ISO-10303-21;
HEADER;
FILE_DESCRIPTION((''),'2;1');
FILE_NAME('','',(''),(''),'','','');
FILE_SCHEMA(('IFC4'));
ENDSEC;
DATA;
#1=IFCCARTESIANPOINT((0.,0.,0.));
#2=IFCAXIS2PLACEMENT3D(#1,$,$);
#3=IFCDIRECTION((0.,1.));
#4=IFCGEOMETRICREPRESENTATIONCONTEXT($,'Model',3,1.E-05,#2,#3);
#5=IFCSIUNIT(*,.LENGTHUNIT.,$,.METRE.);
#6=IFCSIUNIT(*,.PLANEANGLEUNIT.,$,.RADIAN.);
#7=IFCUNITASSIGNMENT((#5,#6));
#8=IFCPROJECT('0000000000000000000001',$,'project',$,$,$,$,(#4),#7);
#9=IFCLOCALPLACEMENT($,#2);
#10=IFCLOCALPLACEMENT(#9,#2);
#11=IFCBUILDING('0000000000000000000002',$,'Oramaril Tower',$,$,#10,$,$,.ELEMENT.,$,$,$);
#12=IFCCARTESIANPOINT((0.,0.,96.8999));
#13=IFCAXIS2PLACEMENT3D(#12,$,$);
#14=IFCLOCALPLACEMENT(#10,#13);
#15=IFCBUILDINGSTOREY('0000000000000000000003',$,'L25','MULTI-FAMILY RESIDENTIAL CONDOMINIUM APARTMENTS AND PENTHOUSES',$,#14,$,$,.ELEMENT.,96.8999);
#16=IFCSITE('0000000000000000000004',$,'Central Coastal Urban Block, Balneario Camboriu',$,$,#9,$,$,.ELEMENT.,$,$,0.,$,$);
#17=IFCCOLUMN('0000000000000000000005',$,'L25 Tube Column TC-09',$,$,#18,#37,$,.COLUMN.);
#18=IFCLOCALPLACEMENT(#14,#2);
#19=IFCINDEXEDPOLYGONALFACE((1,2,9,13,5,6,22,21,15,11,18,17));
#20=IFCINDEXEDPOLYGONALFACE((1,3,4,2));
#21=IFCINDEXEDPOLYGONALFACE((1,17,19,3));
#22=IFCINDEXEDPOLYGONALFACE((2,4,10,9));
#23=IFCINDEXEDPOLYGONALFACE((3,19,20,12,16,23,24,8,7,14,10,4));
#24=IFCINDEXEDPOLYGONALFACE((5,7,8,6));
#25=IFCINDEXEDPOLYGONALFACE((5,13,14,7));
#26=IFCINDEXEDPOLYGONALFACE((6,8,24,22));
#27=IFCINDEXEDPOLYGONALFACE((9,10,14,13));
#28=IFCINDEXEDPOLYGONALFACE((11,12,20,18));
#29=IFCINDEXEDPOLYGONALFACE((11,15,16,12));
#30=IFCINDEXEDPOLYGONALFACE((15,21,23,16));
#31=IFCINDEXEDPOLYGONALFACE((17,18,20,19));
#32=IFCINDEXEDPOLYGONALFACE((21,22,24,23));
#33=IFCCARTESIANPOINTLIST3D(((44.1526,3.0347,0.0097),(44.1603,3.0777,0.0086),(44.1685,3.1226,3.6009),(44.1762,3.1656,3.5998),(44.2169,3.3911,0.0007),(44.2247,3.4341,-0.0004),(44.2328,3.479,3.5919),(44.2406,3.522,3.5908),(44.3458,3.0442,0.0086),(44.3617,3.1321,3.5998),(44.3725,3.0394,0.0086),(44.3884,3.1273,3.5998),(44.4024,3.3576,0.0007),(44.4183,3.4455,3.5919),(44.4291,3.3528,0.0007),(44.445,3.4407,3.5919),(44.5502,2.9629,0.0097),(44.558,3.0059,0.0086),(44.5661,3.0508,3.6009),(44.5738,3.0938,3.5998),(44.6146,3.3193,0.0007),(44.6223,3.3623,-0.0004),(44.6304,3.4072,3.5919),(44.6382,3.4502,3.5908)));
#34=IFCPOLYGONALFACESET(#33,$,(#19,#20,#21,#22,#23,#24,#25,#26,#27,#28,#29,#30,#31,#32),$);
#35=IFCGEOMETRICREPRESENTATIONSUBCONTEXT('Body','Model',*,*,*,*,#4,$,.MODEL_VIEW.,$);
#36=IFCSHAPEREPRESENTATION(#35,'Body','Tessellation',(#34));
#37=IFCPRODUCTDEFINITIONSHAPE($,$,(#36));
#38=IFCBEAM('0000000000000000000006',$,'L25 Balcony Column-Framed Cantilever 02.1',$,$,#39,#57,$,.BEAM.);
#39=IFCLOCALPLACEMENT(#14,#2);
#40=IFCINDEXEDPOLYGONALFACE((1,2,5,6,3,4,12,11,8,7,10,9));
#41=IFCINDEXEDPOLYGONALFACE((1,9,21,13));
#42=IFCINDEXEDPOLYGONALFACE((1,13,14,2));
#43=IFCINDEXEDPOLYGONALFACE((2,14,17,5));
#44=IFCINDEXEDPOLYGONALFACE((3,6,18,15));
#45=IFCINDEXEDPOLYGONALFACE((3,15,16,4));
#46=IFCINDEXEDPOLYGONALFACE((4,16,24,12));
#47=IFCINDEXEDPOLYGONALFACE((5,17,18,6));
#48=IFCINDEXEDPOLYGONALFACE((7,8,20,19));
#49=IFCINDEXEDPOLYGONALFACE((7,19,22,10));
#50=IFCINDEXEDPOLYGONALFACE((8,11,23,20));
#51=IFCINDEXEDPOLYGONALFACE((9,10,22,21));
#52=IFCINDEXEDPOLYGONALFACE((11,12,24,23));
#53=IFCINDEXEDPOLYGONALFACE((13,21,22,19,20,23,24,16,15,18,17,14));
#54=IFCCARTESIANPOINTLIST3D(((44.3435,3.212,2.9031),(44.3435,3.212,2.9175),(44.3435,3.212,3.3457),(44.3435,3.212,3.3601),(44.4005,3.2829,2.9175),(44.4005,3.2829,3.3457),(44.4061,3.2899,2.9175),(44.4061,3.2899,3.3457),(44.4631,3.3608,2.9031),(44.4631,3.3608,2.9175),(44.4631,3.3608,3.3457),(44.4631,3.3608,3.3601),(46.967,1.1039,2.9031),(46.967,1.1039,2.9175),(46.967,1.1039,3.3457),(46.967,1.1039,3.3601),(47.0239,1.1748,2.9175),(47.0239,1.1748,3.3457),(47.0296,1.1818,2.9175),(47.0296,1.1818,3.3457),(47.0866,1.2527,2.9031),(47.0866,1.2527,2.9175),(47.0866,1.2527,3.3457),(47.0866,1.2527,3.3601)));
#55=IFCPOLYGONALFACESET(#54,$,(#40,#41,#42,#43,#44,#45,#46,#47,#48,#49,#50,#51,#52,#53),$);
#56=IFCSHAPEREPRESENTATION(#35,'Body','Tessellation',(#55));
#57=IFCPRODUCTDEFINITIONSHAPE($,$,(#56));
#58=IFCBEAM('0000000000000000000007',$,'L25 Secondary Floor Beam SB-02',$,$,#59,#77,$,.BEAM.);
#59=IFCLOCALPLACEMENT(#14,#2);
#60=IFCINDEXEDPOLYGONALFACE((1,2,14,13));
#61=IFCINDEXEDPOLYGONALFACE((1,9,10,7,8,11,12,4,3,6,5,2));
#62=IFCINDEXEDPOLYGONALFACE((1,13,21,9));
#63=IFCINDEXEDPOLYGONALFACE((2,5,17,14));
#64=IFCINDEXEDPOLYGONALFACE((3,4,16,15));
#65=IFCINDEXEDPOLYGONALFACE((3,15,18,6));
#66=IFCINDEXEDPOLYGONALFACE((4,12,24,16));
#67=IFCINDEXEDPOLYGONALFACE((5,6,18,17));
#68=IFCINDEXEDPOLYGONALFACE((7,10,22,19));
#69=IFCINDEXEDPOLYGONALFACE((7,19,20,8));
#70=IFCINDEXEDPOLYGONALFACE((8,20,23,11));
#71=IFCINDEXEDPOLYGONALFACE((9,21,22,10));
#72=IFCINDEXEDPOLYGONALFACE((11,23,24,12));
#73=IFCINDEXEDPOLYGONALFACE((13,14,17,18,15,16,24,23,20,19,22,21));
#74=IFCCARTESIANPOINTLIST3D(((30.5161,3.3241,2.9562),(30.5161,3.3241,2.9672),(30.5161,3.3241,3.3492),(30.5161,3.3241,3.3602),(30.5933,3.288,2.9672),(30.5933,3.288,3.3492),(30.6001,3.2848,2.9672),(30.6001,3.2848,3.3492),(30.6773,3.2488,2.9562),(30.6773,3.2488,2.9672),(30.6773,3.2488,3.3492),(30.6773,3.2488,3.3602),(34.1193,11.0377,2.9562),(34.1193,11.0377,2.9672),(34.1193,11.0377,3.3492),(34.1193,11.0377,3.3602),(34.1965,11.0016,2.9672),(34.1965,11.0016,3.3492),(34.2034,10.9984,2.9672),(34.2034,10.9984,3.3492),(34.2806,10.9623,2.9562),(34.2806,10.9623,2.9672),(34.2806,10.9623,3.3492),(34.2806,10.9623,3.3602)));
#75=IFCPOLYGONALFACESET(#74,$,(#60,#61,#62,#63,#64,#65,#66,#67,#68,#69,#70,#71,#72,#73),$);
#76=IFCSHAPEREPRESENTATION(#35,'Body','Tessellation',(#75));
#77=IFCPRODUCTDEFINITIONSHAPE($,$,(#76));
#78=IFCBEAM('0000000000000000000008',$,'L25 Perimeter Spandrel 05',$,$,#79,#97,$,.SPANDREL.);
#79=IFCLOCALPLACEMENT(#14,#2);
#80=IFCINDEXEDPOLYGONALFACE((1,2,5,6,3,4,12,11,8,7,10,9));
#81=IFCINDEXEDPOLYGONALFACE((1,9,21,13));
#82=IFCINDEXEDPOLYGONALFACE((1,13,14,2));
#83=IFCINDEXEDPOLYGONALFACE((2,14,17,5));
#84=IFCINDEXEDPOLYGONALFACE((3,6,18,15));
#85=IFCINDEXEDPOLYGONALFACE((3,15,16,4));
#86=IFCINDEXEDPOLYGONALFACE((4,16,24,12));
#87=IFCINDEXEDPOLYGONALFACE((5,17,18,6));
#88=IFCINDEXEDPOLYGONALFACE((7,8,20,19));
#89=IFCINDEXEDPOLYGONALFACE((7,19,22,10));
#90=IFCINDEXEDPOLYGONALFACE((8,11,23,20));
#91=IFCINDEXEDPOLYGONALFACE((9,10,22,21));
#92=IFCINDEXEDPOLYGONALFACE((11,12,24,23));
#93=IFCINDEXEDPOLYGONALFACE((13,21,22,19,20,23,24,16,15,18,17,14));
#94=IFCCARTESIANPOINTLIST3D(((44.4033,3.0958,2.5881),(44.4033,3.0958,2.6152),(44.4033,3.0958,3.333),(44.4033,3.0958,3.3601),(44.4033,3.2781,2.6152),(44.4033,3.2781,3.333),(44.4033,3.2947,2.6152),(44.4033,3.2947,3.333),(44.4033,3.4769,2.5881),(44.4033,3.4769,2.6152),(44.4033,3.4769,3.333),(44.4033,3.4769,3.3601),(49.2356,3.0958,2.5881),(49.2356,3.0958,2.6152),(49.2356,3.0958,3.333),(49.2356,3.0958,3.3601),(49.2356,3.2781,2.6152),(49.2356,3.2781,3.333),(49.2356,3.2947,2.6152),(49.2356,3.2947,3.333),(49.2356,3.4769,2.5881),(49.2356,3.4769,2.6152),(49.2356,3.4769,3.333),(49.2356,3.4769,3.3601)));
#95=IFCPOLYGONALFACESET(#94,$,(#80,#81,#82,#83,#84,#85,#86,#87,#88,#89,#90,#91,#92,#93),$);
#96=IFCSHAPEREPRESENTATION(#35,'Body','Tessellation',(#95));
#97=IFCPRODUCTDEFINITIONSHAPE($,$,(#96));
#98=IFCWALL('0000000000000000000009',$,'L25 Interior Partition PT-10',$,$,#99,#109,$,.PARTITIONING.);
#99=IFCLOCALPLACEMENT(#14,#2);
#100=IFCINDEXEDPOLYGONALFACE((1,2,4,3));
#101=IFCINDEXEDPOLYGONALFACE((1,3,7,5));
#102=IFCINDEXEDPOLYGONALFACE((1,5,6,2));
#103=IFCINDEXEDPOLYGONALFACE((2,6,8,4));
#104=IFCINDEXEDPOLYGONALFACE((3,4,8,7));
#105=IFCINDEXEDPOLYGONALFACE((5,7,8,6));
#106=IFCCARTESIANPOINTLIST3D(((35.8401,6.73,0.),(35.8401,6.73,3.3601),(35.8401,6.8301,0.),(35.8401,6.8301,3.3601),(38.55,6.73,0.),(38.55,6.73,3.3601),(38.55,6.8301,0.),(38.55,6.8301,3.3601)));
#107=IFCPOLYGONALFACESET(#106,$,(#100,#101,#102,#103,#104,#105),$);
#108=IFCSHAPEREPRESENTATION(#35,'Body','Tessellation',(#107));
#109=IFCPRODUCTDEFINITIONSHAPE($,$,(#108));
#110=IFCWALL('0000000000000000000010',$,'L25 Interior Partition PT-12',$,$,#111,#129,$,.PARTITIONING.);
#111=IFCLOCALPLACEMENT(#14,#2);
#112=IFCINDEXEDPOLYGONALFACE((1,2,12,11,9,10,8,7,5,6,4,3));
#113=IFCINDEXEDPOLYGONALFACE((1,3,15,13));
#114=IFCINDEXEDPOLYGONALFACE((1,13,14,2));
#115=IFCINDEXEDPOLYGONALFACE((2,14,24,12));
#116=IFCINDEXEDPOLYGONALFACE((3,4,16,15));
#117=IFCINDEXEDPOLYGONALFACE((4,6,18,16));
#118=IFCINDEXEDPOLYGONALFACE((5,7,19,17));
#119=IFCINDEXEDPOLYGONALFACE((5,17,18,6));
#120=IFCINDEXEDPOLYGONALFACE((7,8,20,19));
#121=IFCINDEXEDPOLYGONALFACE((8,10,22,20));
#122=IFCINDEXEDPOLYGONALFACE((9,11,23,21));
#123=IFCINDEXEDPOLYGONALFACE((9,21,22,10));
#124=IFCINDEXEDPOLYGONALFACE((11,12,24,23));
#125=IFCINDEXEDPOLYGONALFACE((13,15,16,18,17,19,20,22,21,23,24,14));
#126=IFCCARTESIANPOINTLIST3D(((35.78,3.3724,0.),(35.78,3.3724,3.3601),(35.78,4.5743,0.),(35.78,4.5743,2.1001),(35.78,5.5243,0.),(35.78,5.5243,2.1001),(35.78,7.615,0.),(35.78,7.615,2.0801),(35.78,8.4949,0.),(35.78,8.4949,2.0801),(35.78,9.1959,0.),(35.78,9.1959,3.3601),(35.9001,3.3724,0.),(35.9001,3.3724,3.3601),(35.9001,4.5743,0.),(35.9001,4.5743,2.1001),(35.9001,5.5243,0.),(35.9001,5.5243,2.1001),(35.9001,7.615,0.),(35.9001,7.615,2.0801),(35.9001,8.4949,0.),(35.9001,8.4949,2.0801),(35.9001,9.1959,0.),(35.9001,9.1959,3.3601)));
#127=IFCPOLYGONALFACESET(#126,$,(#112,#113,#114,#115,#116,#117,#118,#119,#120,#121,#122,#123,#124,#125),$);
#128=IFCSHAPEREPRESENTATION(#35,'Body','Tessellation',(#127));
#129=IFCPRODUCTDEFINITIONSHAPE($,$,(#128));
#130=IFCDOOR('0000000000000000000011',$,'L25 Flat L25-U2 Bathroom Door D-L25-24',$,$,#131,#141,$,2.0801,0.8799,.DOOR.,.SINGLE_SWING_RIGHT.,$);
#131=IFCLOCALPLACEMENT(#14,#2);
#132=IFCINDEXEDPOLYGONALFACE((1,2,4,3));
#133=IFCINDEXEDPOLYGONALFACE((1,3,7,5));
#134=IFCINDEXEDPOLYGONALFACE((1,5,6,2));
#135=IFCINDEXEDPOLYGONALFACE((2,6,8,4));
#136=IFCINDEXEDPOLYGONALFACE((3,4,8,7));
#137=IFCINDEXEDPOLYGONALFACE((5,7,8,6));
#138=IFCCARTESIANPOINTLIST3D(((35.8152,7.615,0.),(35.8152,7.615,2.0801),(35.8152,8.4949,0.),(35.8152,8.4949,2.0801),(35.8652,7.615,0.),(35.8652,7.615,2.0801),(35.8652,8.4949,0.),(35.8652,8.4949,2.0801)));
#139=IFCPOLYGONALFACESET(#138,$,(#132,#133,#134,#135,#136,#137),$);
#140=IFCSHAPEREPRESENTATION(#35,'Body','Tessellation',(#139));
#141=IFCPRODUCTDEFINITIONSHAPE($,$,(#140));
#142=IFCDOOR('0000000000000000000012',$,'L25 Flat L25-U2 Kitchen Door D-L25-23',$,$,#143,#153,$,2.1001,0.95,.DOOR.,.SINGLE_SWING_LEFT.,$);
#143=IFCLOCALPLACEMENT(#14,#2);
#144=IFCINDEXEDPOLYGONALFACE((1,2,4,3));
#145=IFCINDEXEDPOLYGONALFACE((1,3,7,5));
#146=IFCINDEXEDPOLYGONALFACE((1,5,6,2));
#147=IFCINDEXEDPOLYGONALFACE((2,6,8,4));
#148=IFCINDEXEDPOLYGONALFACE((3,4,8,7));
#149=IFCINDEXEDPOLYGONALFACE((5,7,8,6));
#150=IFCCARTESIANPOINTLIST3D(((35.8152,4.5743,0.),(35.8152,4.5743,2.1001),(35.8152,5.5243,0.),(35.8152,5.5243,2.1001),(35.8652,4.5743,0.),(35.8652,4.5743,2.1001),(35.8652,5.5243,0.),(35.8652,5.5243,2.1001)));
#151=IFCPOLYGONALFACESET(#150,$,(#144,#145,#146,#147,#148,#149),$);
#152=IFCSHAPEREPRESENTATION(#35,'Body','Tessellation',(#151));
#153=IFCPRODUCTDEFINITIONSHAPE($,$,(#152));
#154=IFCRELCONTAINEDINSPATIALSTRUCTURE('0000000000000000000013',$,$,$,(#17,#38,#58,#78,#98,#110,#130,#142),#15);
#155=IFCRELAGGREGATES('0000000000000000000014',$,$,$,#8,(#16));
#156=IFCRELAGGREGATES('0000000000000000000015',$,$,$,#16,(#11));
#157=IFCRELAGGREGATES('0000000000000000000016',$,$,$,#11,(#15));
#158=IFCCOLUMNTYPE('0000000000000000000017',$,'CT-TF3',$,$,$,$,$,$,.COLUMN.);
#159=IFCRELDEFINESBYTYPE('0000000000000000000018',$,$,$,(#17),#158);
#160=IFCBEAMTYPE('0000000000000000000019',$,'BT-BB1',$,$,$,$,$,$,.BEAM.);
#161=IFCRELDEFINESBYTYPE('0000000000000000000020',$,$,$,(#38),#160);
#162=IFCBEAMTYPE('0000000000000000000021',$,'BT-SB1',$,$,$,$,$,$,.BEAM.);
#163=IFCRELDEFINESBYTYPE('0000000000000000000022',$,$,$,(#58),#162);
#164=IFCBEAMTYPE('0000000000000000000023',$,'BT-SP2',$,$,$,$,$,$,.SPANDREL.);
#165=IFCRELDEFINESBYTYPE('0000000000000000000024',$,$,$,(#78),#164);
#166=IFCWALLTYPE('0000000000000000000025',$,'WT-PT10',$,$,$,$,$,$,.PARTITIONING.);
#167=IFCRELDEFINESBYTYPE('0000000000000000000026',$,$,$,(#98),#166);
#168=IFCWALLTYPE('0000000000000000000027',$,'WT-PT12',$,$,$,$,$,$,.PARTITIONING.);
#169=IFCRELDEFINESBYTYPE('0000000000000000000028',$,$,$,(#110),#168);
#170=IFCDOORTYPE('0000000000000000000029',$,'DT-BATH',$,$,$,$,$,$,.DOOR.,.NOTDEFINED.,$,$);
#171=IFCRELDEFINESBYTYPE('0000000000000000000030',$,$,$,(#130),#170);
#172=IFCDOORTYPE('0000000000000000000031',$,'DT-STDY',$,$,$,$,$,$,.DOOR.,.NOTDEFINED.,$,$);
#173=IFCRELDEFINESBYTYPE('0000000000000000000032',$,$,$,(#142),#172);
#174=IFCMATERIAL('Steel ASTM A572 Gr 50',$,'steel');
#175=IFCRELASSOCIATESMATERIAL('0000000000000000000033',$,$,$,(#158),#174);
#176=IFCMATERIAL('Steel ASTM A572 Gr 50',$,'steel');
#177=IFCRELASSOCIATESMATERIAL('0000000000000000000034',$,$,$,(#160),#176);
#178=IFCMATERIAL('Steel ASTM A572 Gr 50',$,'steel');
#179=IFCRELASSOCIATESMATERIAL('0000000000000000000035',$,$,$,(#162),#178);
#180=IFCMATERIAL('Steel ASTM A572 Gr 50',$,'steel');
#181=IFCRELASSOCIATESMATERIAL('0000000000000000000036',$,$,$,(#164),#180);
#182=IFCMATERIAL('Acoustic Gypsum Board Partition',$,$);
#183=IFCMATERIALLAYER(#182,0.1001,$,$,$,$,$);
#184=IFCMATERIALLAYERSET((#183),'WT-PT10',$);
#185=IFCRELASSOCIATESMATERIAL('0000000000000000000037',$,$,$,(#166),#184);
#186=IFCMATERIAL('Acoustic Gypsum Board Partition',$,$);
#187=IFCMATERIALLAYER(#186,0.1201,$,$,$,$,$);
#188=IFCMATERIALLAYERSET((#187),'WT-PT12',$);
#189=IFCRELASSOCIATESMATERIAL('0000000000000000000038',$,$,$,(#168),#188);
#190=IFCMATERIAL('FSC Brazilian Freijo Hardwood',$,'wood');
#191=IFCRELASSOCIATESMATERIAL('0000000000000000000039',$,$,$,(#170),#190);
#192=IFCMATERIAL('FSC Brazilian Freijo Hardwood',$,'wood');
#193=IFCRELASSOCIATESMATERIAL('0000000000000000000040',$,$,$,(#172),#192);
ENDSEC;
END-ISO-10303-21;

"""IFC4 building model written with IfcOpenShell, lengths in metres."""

from ifc_helpers import new_model, si_unit, direction, frame, frame_2d, origin, origin_2d, place, context, subcontext, project, spatial, rectangle, i_section, extrude, material, layer, layer_set, material_profile, profile_set, type_object, element, fill, save


model = new_model("IFC4")

# Units and contexts
model_context = context("Model", 3, precision=1e-05, world=origin(), true_north=direction((0.0, 1.0)))
body_context = subcontext(model_context, "Body", "Model", "MODEL_VIEW")
ifc_project = project(units=[si_unit("LENGTHUNIT", "METRE"), si_unit("PLANEANGLEUNIT", "RADIAN")], contexts=[model_context])

# Site, building, storey
site_placement = place(None, origin())
site = spatial("IfcSite", under=ifc_project, at=site_placement, Name="Central Coastal Urban Block, Balneario Camboriu", CompositionType="ELEMENT", RefElevation=0.0)
building_placement = place(site_placement, origin())
building = spatial("IfcBuilding", under=site, at=building_placement, Name="Oramaril Tower", CompositionType="ELEMENT")
storey_placement = place(building_placement, frame((0.0, 0.0, 96.8999)))
storey = spatial("IfcBuildingStorey", under=building, at=storey_placement, Name="L25", Description="MULTI-FAMILY RESIDENTIAL CONDOMINIUM APARTMENTS AND PENTHOUSES", CompositionType="ELEMENT", Elevation=96.8999)

# Column
ifc_material_1 = material(Name="Steel ASTM A572 Gr 50", Category="steel")
ifc_material_profile_1 = material_profile(ifc_material_1, i_section(OverallWidth=0.4041, OverallDepth=0.406, WebThickness=0.0271, FlangeThickness=0.0437, at=origin_2d()), Name="W14X233")
ifc_profile_set_1 = profile_set([ifc_material_profile_1], Name="Steel ASTM A572 Gr 50")
column_type = type_object("IfcColumnType", Name="CT-TF3", PredefinedType="COLUMN", material=ifc_profile_set_1)
column_placement = place(storey_placement, frame((44.3875, 3.1985, 0.0046), z_axis=(0.004418, 0.024467, 0.999691), x_axis=(-0.984088, 0.177683, 0.0)))
element("IfcColumn", 1, at=column_placement, inside=storey, type_object=column_type, Name="L25 Tube Column TC-09", PredefinedType="COLUMN", context=body_context, shape_type="SweptSolid", body=[
    extrude(i_section(OverallWidth=0.4041, OverallDepth=0.406, WebThickness=0.0271, FlangeThickness=0.0437, at=origin_2d()), origin(), (0.0, 0.0, 1.0), 3.5923),
])

# Beams
ifc_material_2 = material(Name="Steel ASTM A572 Gr 50", Category="steel")
ifc_material_profile_2 = material_profile(ifc_material_2, i_section(OverallWidth=0.1909, OverallDepth=0.457, WebThickness=0.009, FlangeThickness=0.0144, at=origin_2d()), Name="W18X50")
ifc_profile_set_2 = profile_set([ifc_material_profile_2], Name="Steel ASTM A572 Gr 50")
beam_type_1 = type_object("IfcBeamType", Name="BT-BB1", PredefinedType="BEAM", material=ifc_profile_set_2)
beam_1_placement = place(storey_placement, frame((44.4033, 3.2864, 3.1316), z_axis=(0.779515, -0.626383, 0.0), x_axis=(0.626383, 0.779515, 0.0)))
element("IfcBeam", 2, at=beam_1_placement, inside=storey, type_object=beam_type_1, Name="L25 Balcony Column-Framed Cantilever 02.1", PredefinedType="BEAM", context=body_context, shape_type="SweptSolid", body=[
    extrude(i_section(OverallWidth=0.1909, OverallDepth=0.457, WebThickness=0.009, FlangeThickness=0.0144, at=origin_2d()), origin(), (0.0, 0.0, 1.0), 3.3655),
])
ifc_material_3 = material(Name="Steel ASTM A572 Gr 50", Category="steel")
ifc_material_profile_3 = material_profile(ifc_material_3, i_section(OverallWidth=0.178, OverallDepth=0.4041, WebThickness=0.0076, FlangeThickness=0.011, at=origin_2d()), Name="W16X36")
ifc_profile_set_3 = profile_set([ifc_material_profile_3], Name="Steel ASTM A572 Gr 50")
beam_type_2 = type_object("IfcBeamType", Name="BT-SB1", PredefinedType="BEAM", material=ifc_profile_set_3)
beam_2_placement = place(storey_placement, frame((34.2, 11.0, 3.1582), z_axis=(-0.423231, -0.906022, 0.0), x_axis=(0.906022, -0.423231, 0.0)))
element("IfcBeam", 3, at=beam_2_placement, inside=storey, type_object=beam_type_2, Name="L25 Secondary Floor Beam SB-02", PredefinedType="BEAM", context=body_context, shape_type="SweptSolid", body=[
    extrude(i_section(OverallWidth=0.178, OverallDepth=0.4041, WebThickness=0.0076, FlangeThickness=0.011, at=origin_2d()), origin(), (0.0, 0.0, 1.0), 8.5137),
])
ifc_material_4 = material(Name="Steel ASTM A572 Gr 50", Category="steel")
ifc_material_profile_4 = material_profile(ifc_material_4, i_section(OverallWidth=0.3811, OverallDepth=0.772, WebThickness=0.0166, FlangeThickness=0.0271, at=origin_2d()), Name="W30X173")
ifc_profile_set_4 = profile_set([ifc_material_profile_4], Name="Steel ASTM A572 Gr 50")
beam_type_3 = type_object("IfcBeamType", Name="BT-SP2", PredefinedType="SPANDREL", material=ifc_profile_set_4)
beam_3_placement = place(storey_placement, frame((44.4033, 3.2864, 2.9741), z_axis=(1.0, 0.0, 0.0), x_axis=(0.0, 1.0, 0.0)))
element("IfcBeam", 4, at=beam_3_placement, inside=storey, type_object=beam_type_3, Name="L25 Perimeter Spandrel 05", PredefinedType="SPANDREL", context=body_context, shape_type="SweptSolid", body=[
    extrude(i_section(OverallWidth=0.3811, OverallDepth=0.772, WebThickness=0.0166, FlangeThickness=0.0271, at=origin_2d()), origin(), (0.0, 0.0, 1.0), 4.8323),
])

# Wall
ifc_material_5 = material(Name="Acoustic Gypsum Board Partition")
ifc_layer_1 = layer(ifc_material_5, 0.1001)
ifc_layer_set_1 = layer_set([ifc_layer_1], Name="WT-PT10")
wall_type_1 = type_object("IfcWallType", Name="WT-PT10", PredefinedType="PARTITIONING", material=ifc_layer_set_1)
wall_1_placement = place(storey_placement, frame((35.8401, 6.78, 0.0), z_axis=(0.0, 0.0, 1.0), x_axis=(1.0, 0.0, 0.0)))
element("IfcWall", 5, at=wall_1_placement, inside=storey, type_object=wall_type_1, Name="L25 Interior Partition PT-10", PredefinedType="PARTITIONING", context=body_context, shape_type="SweptSolid", body=[
    extrude(rectangle(XDim=2.71, YDim=0.1001, at=frame_2d((1.355, 0.0))), origin(), (0.0, 0.0, 1.0), 3.3601),
])

# Wall, openings, doors
ifc_material_6 = material(Name="Acoustic Gypsum Board Partition")
ifc_layer_2 = layer(ifc_material_6, 0.1201)
ifc_layer_set_2 = layer_set([ifc_layer_2], Name="WT-PT12")
wall_type_2 = type_object("IfcWallType", Name="WT-PT12", PredefinedType="PARTITIONING", material=ifc_layer_set_2)
wall_2_placement = place(storey_placement, frame((35.8401, 3.3726, 0.0), z_axis=(0.0, 0.0, 1.0), x_axis=(0.0, 1.0, 0.0)))
wall_2 = element("IfcWall", 6, at=wall_2_placement, inside=storey, type_object=wall_type_2, Name="L25 Interior Partition PT-12", PredefinedType="PARTITIONING", context=body_context, shape_type="SweptSolid", body=[
    extrude(rectangle(XDim=5.8235, YDim=0.1201, at=frame_2d((2.9116, 0.0))), origin(), (0.0, 0.0, 1.0), 3.3601),
])
opening_1_placement = place(wall_2_placement, frame((1.2017, 0.0, 0.0)))
opening_1 = element("IfcOpeningElement", 7, at=opening_1_placement, cuts=wall_2, PredefinedType="OPENING", context=body_context, shape_type="SweptSolid", body=[
    extrude(rectangle(XDim=0.95, YDim=2.1001, at=frame_2d((0.4751, 1.05))), frame((0.0, 0.0601, 0.0), z_axis=(0.0, -1.0, 0.0), x_axis=(1.0, 0.0, 0.0)), (0.0, 0.0, 1.0), 0.1201),
])
opening_2_placement = place(wall_2_placement, frame((4.2424, 0.0, 0.0)))
opening_2 = element("IfcOpeningElement", 8, at=opening_2_placement, cuts=wall_2, PredefinedType="OPENING", context=body_context, shape_type="SweptSolid", body=[
    extrude(rectangle(XDim=0.8799, YDim=2.0801, at=frame_2d((0.4399, 1.04))), frame((0.0, 0.0601, 0.0), z_axis=(0.0, -1.0, 0.0), x_axis=(1.0, 0.0, 0.0)), (0.0, 0.0, 1.0), 0.1201),
])
ifc_material_7 = material(Name="FSC Brazilian Freijo Hardwood", Category="wood")
door_type_1 = type_object("IfcDoorType", Name="DT-BATH", OperationType="NOTDEFINED", PredefinedType="DOOR", material=ifc_material_7)
door_1_placement = place(opening_2_placement, origin())
door_1 = element("IfcDoor", 9, at=door_1_placement, inside=storey, type_object=door_type_1, Name="L25 Flat L25-U2 Bathroom Door D-L25-24", OperationType="SINGLE_SWING_RIGHT", OverallHeight=2.0801, OverallWidth=0.8799, PredefinedType="DOOR", context=body_context, shape_type="SweptSolid", body=[
    extrude(rectangle(XDim=0.8799, YDim=2.0801, at=frame_2d((0.4399, 1.04))), frame((0.0, 0.0249, 0.0), z_axis=(0.0, -1.0, 0.0), x_axis=(1.0, 0.0, 0.0)), (0.0, 0.0, 1.0), 0.05),
])
fill(opening_2, door_1)
ifc_material_8 = material(Name="FSC Brazilian Freijo Hardwood", Category="wood")
door_type_2 = type_object("IfcDoorType", Name="DT-STDY", OperationType="NOTDEFINED", PredefinedType="DOOR", material=ifc_material_8)
door_2_placement = place(opening_1_placement, origin())
door_2 = element("IfcDoor", 10, at=door_2_placement, inside=storey, type_object=door_type_2, Name="L25 Flat L25-U2 Kitchen Door D-L25-23", OperationType="SINGLE_SWING_LEFT", OverallHeight=2.1001, OverallWidth=0.95, PredefinedType="DOOR", context=body_context, shape_type="SweptSolid", body=[
    extrude(rectangle(XDim=0.95, YDim=2.1001, at=frame_2d((0.4751, 1.05))), frame((0.0, 0.0249, 0.0), z_axis=(0.0, -1.0, 0.0), x_axis=(1.0, 0.0, 0.0)), (0.0, 0.0, 1.0), 0.05),
])
fill(opening_1, door_2)

save(model, "model.ifc")
